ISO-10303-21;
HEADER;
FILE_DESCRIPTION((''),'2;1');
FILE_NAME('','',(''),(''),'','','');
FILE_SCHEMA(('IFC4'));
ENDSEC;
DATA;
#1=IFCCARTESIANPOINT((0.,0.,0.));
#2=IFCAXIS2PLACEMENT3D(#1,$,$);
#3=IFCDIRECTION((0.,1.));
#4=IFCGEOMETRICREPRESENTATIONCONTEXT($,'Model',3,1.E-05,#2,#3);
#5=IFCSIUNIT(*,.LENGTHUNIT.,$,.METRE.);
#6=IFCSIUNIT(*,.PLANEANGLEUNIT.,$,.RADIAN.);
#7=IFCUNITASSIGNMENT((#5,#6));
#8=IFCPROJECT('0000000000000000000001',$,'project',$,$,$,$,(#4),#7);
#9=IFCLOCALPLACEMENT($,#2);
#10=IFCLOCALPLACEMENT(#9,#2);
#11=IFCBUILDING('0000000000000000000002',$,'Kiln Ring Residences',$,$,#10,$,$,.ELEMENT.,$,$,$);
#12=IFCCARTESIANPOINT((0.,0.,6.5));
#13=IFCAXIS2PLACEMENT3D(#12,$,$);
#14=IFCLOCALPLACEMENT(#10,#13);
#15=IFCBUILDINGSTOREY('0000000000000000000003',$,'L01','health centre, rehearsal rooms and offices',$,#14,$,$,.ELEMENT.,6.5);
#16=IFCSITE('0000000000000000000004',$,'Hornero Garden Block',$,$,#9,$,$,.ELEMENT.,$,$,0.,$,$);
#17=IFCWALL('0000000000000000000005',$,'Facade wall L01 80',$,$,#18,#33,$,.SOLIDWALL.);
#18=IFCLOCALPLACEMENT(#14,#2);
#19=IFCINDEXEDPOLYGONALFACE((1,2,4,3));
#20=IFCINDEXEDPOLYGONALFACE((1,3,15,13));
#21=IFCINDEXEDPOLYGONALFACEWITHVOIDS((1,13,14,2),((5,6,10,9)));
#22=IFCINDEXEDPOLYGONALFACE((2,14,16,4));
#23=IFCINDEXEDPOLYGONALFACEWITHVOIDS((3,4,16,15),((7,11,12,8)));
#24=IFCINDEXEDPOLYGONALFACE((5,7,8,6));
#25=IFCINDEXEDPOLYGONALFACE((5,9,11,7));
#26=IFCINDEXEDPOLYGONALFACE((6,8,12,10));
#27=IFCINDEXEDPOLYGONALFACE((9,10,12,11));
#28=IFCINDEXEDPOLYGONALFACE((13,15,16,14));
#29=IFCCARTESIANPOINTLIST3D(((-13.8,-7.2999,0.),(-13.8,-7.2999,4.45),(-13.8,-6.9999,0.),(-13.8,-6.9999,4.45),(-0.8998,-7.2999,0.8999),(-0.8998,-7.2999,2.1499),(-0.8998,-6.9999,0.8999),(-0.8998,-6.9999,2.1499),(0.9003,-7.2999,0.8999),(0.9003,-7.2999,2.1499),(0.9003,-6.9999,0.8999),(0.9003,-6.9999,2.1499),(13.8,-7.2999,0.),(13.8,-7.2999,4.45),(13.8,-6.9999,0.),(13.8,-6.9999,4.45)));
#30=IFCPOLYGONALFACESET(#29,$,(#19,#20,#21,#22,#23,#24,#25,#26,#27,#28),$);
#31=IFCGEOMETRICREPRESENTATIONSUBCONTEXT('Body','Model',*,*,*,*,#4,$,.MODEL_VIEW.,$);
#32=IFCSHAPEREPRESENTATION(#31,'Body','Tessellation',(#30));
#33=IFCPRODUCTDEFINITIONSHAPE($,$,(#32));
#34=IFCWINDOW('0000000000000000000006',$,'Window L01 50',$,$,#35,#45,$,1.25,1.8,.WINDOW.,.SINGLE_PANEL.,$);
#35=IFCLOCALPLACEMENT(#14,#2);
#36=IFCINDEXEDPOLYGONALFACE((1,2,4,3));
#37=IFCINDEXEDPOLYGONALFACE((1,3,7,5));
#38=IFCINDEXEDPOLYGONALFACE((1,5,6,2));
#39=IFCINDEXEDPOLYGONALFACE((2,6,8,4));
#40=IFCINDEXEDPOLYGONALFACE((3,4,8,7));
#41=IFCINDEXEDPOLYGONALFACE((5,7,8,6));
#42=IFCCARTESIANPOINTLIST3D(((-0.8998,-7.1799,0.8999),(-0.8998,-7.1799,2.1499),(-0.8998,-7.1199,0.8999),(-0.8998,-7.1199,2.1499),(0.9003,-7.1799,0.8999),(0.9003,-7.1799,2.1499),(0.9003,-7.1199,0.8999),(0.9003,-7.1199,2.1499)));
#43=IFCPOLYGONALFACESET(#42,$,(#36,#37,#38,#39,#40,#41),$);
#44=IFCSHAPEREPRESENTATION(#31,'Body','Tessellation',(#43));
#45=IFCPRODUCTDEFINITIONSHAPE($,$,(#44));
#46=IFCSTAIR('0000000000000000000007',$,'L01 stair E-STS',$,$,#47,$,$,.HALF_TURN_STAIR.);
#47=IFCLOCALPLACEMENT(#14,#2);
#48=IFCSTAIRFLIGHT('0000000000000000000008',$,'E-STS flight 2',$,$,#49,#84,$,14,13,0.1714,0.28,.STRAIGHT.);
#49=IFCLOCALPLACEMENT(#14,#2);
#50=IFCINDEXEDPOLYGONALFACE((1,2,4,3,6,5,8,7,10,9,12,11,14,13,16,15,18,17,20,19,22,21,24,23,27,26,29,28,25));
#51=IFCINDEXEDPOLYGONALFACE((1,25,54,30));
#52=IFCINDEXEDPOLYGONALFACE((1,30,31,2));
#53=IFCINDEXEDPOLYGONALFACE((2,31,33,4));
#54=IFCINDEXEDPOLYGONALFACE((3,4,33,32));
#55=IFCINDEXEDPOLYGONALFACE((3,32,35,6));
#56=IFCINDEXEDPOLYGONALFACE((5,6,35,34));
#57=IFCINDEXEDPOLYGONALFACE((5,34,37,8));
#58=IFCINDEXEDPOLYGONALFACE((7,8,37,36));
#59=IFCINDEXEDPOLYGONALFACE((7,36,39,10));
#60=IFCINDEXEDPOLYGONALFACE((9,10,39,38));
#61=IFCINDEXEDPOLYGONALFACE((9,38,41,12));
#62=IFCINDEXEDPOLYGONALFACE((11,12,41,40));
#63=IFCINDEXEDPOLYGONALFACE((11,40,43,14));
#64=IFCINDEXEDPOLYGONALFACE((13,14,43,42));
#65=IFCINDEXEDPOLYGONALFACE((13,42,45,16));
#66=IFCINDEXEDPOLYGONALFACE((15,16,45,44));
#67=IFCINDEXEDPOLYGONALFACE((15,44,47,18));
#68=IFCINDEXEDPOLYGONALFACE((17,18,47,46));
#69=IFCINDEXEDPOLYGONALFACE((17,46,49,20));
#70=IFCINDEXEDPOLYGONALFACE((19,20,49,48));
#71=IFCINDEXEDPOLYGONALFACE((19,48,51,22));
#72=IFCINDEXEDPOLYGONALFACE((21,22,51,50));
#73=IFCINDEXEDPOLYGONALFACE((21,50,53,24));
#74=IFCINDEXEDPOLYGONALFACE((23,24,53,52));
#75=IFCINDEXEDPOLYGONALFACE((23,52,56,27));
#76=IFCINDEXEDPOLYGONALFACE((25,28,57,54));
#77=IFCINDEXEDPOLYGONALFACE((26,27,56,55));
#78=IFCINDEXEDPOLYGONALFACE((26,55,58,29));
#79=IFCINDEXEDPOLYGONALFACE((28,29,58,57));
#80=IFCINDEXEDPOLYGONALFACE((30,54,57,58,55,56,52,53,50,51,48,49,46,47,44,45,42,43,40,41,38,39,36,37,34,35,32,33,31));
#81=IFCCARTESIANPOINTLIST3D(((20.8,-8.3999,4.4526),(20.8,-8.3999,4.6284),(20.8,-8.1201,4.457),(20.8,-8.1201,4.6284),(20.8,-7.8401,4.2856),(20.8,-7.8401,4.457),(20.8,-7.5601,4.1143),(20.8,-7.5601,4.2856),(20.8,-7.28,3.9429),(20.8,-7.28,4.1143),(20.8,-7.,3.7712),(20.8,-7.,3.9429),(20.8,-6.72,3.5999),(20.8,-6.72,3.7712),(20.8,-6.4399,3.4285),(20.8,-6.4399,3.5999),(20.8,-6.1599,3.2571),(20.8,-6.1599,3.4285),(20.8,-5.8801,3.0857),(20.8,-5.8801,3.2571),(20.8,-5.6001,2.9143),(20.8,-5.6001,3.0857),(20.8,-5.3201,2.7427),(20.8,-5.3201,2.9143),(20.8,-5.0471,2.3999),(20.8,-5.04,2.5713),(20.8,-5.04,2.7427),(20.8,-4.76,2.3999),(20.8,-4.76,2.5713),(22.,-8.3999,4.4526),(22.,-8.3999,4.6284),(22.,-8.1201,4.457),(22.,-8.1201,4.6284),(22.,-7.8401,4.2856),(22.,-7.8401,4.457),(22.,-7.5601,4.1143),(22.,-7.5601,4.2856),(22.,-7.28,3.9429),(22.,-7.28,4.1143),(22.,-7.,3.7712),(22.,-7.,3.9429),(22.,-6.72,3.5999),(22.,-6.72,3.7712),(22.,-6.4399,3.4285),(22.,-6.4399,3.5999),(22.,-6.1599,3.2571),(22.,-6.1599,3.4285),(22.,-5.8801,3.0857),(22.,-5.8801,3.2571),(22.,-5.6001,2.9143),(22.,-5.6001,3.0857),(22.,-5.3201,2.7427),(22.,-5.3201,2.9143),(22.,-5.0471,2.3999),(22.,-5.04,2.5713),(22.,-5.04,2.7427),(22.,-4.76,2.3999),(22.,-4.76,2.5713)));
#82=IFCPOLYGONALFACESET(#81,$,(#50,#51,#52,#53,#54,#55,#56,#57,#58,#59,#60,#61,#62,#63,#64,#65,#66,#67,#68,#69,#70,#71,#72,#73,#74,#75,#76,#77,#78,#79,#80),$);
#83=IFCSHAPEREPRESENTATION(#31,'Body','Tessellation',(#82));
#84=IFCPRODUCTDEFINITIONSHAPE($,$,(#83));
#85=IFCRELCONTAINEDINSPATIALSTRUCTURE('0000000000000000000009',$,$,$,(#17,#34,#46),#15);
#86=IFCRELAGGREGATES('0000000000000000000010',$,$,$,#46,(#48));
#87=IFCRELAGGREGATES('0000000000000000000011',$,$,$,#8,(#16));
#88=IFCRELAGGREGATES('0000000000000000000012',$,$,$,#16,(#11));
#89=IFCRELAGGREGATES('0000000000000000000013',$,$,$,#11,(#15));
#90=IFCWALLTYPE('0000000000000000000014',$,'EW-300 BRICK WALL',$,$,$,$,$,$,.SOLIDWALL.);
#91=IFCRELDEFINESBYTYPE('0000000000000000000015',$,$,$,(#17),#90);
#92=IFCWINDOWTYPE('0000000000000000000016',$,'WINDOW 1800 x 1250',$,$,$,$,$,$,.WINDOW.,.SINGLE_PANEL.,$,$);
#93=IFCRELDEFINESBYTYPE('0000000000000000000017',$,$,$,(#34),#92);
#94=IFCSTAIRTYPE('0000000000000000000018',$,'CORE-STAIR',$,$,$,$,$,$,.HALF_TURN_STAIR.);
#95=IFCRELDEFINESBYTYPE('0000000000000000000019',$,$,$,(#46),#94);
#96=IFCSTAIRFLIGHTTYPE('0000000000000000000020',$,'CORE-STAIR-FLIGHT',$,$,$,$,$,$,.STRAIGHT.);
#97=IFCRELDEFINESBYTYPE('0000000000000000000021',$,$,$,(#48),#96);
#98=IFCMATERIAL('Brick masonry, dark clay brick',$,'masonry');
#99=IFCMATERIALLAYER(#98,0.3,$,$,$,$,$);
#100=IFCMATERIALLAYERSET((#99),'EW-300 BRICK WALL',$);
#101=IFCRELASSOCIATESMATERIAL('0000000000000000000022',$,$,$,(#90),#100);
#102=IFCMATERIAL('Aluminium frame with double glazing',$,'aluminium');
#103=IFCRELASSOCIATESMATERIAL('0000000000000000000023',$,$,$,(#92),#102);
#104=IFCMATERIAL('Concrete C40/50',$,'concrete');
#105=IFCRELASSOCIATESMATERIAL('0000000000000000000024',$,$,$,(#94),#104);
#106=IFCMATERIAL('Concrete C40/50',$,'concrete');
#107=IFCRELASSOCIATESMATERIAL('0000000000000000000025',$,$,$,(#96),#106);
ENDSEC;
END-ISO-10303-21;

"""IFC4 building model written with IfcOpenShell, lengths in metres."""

from ifc_helpers import new_model, si_unit, direction, frame, frame_2d, origin, place, context, subcontext, project, spatial, polyline, rectangle, outline, extrude, material, layer, layer_set, type_object, element, fill, aggregate, save


model = new_model("IFC4")

# Units and contexts
model_context = context("Model", 3, precision=1e-05, world=origin(), true_north=direction((0.0, 1.0)))
body_context = subcontext(model_context, "Body", "Model", "MODEL_VIEW")
ifc_project = project(units=[si_unit("LENGTHUNIT", "METRE"), si_unit("PLANEANGLEUNIT", "RADIAN")], contexts=[model_context])

# Site, building, storey
site_placement = place(None, origin())
site = spatial("IfcSite", under=ifc_project, at=site_placement, Name="Hornero Garden Block", CompositionType="ELEMENT", RefElevation=0.0)
building_placement = place(site_placement, origin())
building = spatial("IfcBuilding", under=site, at=building_placement, Name="Kiln Ring Residences", CompositionType="ELEMENT")
storey_placement = place(building_placement, frame((0.0, 0.0, 6.5)))
storey = spatial("IfcBuildingStorey", under=building, at=storey_placement, Name="L01", Description="health centre, rehearsal rooms and offices", CompositionType="ELEMENT", Elevation=6.5)

# Shared definitions
placement_1 = place(storey_placement, origin())

# Wall, opening, window
ifc_material_1 = material(Name="Brick masonry, dark clay brick", Category="masonry")
ifc_layer_1 = layer(ifc_material_1, 0.3)
ifc_layer_set_1 = layer_set([ifc_layer_1], Name="EW-300 BRICK WALL")
wall_type_1 = type_object("IfcWallType", Name="EW-300 BRICK WALL", PredefinedType="SOLIDWALL", material=ifc_layer_set_1)
wall_1_placement = place(storey_placement, frame((13.8, -7.1499, 0.0), z_axis=(0.0, 0.0, 1.0), x_axis=(-1.0, 0.0, 0.0)))
wall_1 = element("IfcWall", 1, at=wall_1_placement, inside=storey, type_object=wall_type_1, Name="Facade wall L01 80", PredefinedType="SOLIDWALL", context=body_context, shape_type="SweptSolid", body=[
    extrude(rectangle(XDim=27.6001, YDim=0.3, at=frame_2d((13.8, 0.0))), origin(), (0.0, 0.0, 1.0), 4.45),
])
opening_1_placement = place(wall_1_placement, frame((12.8999, 0.0, 0.8999)))
opening_1 = element("IfcOpeningElement", 2, at=opening_1_placement, cuts=wall_1, PredefinedType="OPENING", context=body_context, shape_type="SweptSolid", body=[
    extrude(rectangle(XDim=1.8, YDim=1.25, at=frame_2d((0.8999, 0.625))), frame((0.0, 0.1599, 0.0), z_axis=(0.0, -1.0, 0.0), x_axis=(1.0, 0.0, 0.0)), (0.0, 0.0, 1.0), 0.3201),
])
ifc_material_2 = material(Name="Aluminium frame with double glazing", Category="aluminium")
window_type = type_object("IfcWindowType", Name="WINDOW 1800 x 1250", PartitioningType="SINGLE_PANEL", PredefinedType="WINDOW", material=ifc_material_2)
window_placement = place(opening_1_placement, origin())
window = element("IfcWindow", 3, at=window_placement, inside=storey, type_object=window_type, Name="Window L01 50", OverallHeight=1.25, OverallWidth=1.8, PartitioningType="SINGLE_PANEL", PredefinedType="WINDOW", context=body_context, shape_type="SweptSolid", body=[
    extrude(rectangle(XDim=1.8, YDim=1.25, at=frame_2d((0.8999, 0.625))), frame((0.0, 0.03, 0.0), z_axis=(0.0, -1.0, 0.0), x_axis=(1.0, 0.0, 0.0)), (0.0, 0.0, 1.0), 0.0601),
])
fill(opening_1, window)

# Stair, stair flight
ifc_material_3 = material(Name="Concrete C40/50", Category="concrete")
stair_type_1 = type_object("IfcStairType", Name="CORE-STAIR", PredefinedType="HALF_TURN_STAIR", material=ifc_material_3)
stair_1 = element("IfcStair", 4, at=placement_1, inside=storey, type_object=stair_type_1, Name="L01 stair E-STS", PredefinedType="HALF_TURN_STAIR")
ifc_material_4 = material(Name="Concrete C40/50", Category="concrete")
stair_flight_type = type_object("IfcStairFlightType", Name="CORE-STAIR-FLIGHT", PredefinedType="STRAIGHT", material=ifc_material_4)
stair_flight_placement = place(storey_placement, frame((21.3999, -4.76, 2.3999), z_axis=(0.0, 0.0, 1.0), x_axis=(0.0, -1.0, 0.0)))
stair_flight = element("IfcStairFlight", 5, at=stair_flight_placement, type_object=stair_flight_type, Name="E-STS flight 2", NumberOfRisers=14, NumberOfTreads=13, PredefinedType="STRAIGHT", RiserHeight=0.1714, TreadLength=0.28, context=body_context, shape_type="SweptSolid", body=[
    extrude(outline(polyline([(0.0, 0.0), (0.0, 0.1714), (0.28, 0.1714), (0.28, 0.3428), (0.5601, 0.3428), (0.5601, 0.5144), (0.8401, 0.5144), (0.8401, 0.6858), (1.1201, 0.6858), (1.1201, 0.8572), (1.3999, 0.8572), (1.3999, 1.0286), (1.6799, 1.0286), (1.6799, 1.2), (1.96, 1.2), (1.96, 1.3713), (2.24, 1.3713), (2.24, 1.543), (2.52, 1.543), (2.52, 1.7144), (2.8, 1.7144), (2.8, 1.8857), (3.0801, 1.8857), (3.0801, 2.0571), (3.3601, 2.0571), (3.3601, 2.2285), (3.6399, 2.2285), (3.6399, 2.3999), (3.6399, 2.0527), (0.2871, 0.0), (0.0, 0.0)])), frame((0.0, 0.6001, 0.0), z_axis=(0.0, -1.0, 0.0), x_axis=(1.0, 0.0, 0.0)), (0.0, 0.0, 1.0), 1.2),
])
aggregate(stair_1, [stair_flight])

save(model, "model.ifc")
